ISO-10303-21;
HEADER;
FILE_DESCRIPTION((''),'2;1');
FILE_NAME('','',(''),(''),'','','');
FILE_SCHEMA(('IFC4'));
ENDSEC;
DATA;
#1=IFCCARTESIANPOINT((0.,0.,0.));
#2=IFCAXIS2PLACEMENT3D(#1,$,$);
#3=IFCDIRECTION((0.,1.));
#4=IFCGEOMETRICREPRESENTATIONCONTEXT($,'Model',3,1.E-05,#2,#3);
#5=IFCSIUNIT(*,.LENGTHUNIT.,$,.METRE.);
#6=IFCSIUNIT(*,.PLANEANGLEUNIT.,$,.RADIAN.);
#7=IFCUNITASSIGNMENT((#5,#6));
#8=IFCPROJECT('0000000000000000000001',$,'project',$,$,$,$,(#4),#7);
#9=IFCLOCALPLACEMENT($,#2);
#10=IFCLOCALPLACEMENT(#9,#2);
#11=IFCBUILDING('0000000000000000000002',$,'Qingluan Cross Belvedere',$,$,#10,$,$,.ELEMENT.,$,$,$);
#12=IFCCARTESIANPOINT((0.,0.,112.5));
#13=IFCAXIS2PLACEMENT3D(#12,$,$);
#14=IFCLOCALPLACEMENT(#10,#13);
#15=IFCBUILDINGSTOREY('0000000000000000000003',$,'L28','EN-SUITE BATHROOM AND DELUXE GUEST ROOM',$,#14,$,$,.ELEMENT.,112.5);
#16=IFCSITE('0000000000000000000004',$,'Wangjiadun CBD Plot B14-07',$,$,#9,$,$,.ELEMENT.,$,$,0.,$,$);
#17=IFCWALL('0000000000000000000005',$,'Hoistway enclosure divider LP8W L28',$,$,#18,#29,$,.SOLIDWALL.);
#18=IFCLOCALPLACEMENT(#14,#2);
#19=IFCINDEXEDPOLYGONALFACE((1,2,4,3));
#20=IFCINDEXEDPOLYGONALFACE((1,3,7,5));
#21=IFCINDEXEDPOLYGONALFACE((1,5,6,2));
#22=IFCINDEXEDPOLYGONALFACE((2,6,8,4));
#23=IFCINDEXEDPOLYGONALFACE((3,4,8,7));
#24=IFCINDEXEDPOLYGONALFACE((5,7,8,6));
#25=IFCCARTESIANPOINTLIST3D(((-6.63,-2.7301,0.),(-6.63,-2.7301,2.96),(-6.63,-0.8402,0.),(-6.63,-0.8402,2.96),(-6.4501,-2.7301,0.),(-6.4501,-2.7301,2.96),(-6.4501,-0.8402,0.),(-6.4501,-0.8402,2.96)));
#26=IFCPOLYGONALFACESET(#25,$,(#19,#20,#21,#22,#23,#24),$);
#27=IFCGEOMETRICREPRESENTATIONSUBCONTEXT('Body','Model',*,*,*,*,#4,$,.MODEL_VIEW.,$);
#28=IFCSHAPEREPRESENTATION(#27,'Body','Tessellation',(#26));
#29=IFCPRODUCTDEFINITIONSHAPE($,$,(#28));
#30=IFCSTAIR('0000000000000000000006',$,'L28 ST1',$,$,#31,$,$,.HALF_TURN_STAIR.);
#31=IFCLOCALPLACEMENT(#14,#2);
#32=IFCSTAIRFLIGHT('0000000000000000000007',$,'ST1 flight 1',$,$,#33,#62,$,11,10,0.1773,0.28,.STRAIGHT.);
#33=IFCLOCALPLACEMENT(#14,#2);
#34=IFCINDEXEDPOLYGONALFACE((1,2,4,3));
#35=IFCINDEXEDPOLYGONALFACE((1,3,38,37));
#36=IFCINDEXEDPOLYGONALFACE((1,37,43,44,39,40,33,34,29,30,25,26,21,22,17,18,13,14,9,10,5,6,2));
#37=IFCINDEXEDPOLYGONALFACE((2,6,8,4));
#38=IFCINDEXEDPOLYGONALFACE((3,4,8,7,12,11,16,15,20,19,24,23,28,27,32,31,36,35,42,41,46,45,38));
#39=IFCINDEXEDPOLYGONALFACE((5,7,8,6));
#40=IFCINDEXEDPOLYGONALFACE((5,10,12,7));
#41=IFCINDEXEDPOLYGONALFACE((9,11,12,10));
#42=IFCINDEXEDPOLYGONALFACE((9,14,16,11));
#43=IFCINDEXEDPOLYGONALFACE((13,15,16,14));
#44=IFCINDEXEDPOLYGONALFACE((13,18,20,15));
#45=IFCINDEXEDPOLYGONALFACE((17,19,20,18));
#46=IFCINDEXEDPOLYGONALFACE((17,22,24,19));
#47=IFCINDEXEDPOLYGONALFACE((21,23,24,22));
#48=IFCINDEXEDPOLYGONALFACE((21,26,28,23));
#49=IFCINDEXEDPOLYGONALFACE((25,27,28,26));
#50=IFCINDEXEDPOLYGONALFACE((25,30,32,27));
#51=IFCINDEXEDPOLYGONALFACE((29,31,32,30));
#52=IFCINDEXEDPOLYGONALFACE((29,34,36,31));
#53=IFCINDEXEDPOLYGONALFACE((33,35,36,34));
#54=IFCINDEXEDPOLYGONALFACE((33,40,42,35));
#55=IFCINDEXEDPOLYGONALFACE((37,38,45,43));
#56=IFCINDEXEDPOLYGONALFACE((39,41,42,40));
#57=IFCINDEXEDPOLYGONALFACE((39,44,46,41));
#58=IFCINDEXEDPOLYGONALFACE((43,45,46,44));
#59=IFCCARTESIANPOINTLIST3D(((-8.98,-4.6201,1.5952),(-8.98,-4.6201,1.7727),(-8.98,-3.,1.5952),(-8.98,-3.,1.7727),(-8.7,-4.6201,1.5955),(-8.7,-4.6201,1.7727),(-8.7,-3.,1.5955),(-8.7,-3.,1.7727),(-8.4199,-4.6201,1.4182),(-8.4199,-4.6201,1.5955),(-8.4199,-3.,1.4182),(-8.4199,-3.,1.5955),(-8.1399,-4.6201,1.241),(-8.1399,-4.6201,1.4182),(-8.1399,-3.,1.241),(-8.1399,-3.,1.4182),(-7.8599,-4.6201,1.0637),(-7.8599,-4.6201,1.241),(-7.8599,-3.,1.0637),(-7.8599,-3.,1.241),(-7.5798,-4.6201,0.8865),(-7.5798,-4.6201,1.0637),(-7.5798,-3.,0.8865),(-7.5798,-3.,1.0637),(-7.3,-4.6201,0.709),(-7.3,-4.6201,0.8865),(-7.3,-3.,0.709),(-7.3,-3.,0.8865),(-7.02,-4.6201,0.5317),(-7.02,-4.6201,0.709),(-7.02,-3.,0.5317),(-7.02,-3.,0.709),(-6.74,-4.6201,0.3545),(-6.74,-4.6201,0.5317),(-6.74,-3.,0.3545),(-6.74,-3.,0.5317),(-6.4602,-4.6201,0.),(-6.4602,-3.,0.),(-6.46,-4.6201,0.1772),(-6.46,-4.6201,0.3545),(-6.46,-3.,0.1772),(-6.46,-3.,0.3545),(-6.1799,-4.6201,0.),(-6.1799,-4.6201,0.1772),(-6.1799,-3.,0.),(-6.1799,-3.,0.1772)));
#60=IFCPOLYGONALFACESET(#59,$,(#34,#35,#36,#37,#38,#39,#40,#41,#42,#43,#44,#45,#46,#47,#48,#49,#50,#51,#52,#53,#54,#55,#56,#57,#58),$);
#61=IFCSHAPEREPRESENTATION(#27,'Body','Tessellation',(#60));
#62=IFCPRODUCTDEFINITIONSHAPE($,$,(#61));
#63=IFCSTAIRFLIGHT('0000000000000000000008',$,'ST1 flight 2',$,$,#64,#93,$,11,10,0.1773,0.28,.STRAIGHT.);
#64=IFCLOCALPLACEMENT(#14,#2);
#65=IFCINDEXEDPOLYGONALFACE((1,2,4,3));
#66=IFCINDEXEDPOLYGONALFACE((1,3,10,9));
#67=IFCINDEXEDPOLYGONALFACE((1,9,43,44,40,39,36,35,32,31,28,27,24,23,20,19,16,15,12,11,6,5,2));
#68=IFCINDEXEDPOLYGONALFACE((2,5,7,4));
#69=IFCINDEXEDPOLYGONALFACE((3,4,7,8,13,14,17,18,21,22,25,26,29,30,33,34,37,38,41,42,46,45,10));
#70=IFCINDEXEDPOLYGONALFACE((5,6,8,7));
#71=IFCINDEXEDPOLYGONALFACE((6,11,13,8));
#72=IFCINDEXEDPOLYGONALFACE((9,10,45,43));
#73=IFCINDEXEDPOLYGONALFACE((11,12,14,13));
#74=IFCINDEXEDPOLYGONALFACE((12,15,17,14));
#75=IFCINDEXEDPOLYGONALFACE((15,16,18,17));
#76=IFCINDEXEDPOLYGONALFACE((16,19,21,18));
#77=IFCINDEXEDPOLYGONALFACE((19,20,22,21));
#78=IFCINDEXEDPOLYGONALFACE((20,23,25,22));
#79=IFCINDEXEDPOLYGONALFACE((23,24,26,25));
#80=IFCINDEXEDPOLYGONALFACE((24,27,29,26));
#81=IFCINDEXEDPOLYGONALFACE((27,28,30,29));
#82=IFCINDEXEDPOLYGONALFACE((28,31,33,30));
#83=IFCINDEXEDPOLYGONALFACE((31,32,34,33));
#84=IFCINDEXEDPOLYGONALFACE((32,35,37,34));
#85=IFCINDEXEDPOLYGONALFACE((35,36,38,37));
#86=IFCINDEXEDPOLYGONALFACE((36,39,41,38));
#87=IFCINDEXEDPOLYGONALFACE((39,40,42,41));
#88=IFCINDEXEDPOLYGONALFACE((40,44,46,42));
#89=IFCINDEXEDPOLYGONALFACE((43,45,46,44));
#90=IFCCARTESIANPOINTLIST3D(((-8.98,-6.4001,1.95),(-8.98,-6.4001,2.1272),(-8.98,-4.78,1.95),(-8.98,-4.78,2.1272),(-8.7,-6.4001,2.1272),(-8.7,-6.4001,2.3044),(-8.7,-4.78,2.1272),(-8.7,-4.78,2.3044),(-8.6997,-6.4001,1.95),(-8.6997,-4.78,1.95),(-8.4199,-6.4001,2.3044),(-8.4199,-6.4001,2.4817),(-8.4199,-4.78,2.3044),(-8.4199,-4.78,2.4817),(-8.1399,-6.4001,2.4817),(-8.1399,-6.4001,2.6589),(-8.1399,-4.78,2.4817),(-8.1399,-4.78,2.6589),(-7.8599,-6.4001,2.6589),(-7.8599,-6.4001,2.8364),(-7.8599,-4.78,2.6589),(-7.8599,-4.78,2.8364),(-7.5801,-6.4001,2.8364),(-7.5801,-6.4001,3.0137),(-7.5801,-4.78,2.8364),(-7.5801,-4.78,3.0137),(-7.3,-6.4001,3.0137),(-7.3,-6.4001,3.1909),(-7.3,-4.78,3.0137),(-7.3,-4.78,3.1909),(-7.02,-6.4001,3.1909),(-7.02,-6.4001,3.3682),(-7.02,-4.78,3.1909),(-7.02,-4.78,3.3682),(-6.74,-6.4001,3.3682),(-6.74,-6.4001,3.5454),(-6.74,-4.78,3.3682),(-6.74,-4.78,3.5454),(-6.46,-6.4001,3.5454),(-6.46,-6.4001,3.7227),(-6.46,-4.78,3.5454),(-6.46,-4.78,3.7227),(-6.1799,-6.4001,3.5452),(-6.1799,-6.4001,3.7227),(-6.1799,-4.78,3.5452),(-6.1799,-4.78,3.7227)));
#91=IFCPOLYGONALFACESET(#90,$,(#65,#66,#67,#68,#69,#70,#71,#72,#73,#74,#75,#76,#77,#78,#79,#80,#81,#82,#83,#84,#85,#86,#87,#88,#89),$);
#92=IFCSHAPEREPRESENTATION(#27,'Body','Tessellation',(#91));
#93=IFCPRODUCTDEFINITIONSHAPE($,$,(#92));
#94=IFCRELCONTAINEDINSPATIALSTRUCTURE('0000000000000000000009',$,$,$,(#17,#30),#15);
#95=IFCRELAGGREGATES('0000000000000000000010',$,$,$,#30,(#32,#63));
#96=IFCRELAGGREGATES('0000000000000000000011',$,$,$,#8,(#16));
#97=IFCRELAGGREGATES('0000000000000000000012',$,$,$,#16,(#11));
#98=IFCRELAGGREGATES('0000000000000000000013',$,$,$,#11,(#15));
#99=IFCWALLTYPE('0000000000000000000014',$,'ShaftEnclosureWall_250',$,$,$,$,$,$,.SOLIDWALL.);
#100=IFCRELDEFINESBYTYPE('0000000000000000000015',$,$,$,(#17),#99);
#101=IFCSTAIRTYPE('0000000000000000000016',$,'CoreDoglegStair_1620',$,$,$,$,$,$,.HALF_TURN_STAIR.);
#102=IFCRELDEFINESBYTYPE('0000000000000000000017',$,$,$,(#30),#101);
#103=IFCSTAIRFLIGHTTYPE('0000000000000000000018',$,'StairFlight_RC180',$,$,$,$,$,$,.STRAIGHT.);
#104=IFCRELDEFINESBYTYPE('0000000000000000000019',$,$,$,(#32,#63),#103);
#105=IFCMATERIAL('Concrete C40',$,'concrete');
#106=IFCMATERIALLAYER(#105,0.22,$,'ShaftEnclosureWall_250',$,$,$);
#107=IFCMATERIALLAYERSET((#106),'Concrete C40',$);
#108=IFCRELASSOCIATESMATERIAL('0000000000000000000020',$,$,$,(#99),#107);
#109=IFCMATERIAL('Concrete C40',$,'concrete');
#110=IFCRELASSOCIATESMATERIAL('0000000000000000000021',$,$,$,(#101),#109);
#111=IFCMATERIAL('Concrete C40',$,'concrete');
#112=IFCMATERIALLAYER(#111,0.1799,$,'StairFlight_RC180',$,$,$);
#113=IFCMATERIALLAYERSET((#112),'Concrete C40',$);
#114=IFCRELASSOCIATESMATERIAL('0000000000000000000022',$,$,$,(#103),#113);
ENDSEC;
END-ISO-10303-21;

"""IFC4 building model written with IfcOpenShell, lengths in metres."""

from ifc_helpers import new_model, si_unit, direction, frame, frame_2d, origin, place, context, subcontext, project, spatial, polyline, rectangle, outline, extrude, material, layer, layer_set, type_object, element, aggregate, save


model = new_model("IFC4")

# Units and contexts
model_context = context("Model", 3, precision=1e-05, world=origin(), true_north=direction((0.0, 1.0)))
body_context = subcontext(model_context, "Body", "Model", "MODEL_VIEW")
ifc_project = project(units=[si_unit("LENGTHUNIT", "METRE"), si_unit("PLANEANGLEUNIT", "RADIAN")], contexts=[model_context])

# Site, building, storey
site_placement = place(None, origin())
site = spatial("IfcSite", under=ifc_project, at=site_placement, Name="Wangjiadun CBD Plot B14-07", CompositionType="ELEMENT", RefElevation=0.0)
building_placement = place(site_placement, origin())
building = spatial("IfcBuilding", under=site, at=building_placement, Name="Qingluan Cross Belvedere", CompositionType="ELEMENT")
storey_placement = place(building_placement, frame((0.0, 0.0, 112.5)))
storey = spatial("IfcBuildingStorey", under=building, at=storey_placement, Name="L28", Description="EN-SUITE BATHROOM AND DELUXE GUEST ROOM", CompositionType="ELEMENT", Elevation=112.5)

# Shared definitions
ifc_material_1 = material(Name="Concrete C40", Category="concrete")
ifc_layer_1 = layer(ifc_material_1, 0.22, Name="ShaftEnclosureWall_250")
ifc_layer_set_1 = layer_set([ifc_layer_1], Name="Concrete C40")
wall_type_1 = type_object("IfcWallType", Name="ShaftEnclosureWall_250", PredefinedType="SOLIDWALL", material=ifc_layer_set_1)

# Wall
for number, where, z_axis, x_axis, name in (
    (1, (-6.54, -2.73, 0.0), (0.0, 0.0, 1.0), (0.0, 1.0, 0.0), "Hoistway enclosure divider LP8W L28"),
):
    element("IfcWall", number, at=place(storey_placement, frame(where, z_axis=z_axis, x_axis=x_axis)), inside=storey, type_object=wall_type_1, Name=name, PredefinedType="SOLIDWALL", context=body_context, shape_type="SweptSolid", body=[
        extrude(rectangle(XDim=1.8899, YDim=0.1799, at=frame_2d((0.9448, 0.0))), origin(), (0.0, 0.0, 1.0), 2.96),
    ])

# Stair, stair flights
ifc_material_2 = material(Name="Concrete C40", Category="concrete")
stair_type = type_object("IfcStairType", Name="CoreDoglegStair_1620", PredefinedType="HALF_TURN_STAIR", material=ifc_material_2)
stair_placement = place(storey_placement, origin())
stair = element("IfcStair", 2, at=stair_placement, inside=storey, type_object=stair_type, Name="L28 ST1", PredefinedType="HALF_TURN_STAIR")
ifc_material_3 = material(Name="Concrete C40", Category="concrete")
ifc_layer_2 = layer(ifc_material_3, 0.1799, Name="StairFlight_RC180")
ifc_layer_set_2 = layer_set([ifc_layer_2], Name="Concrete C40")
stair_flight_type = type_object("IfcStairFlightType", Name="StairFlight_RC180", PredefinedType="STRAIGHT", material=ifc_layer_set_2)
stair_flight_1_placement = place(storey_placement, frame((-6.1799, -3.8101, 0.0), z_axis=(0.0, 0.0, 1.0), x_axis=(-1.0, 0.0, 0.0)))
stair_flight_1 = element("IfcStairFlight", 3, at=stair_flight_1_placement, type_object=stair_flight_type, Name="ST1 flight 1", NumberOfRisers=11, NumberOfTreads=10, PredefinedType="STRAIGHT", RiserHeight=0.1773, TreadLength=0.28, context=body_context, shape_type="SweptSolid", body=[
    extrude(outline(polyline([(0.0, 0.0), (0.0, 0.1772), (0.28, 0.1772), (0.28, 0.3545), (0.5601, 0.3545), (0.5601, 0.5317), (0.8401, 0.5317), (0.8401, 0.709), (1.1201, 0.709), (1.1201, 0.8865), (1.3999, 0.8865), (1.3999, 1.0637), (1.6799, 1.0637), (1.6799, 1.241), (1.96, 1.241), (1.96, 1.4182), (2.24, 1.4182), (2.24, 1.5955), (2.52, 1.5955), (2.52, 1.7727), (2.8, 1.7727), (2.8, 1.95), (2.8, 1.5952), (0.2803, 0.0), (0.0, 0.0)])), frame((0.0, 0.8101, 0.0), z_axis=(0.0, -1.0, 0.0), x_axis=(1.0, 0.0, 0.0)), (0.0, 0.0, 1.0), 1.6201),
])
stair_flight_2_placement = place(storey_placement, frame((-8.98, -5.5901, 1.95), z_axis=(0.0, 0.0, 1.0), x_axis=(1.0, 0.0, 0.0)))
stair_flight_2 = element("IfcStairFlight", 4, at=stair_flight_2_placement, type_object=stair_flight_type, Name="ST1 flight 2", NumberOfRisers=11, NumberOfTreads=10, PredefinedType="STRAIGHT", RiserHeight=0.1773, TreadLength=0.28, context=body_context, shape_type="SweptSolid", body=[
    extrude(outline(polyline([(0.0, 0.0), (0.0, 0.1772), (0.28, 0.1772), (0.28, 0.3545), (0.5601, 0.3545), (0.5601, 0.5317), (0.8401, 0.5317), (0.8401, 0.709), (1.1201, 0.709), (1.1201, 0.8865), (1.3999, 0.8865), (1.3999, 1.0637), (1.6799, 1.0637), (1.6799, 1.241), (1.96, 1.241), (1.96, 1.4182), (2.24, 1.4182), (2.24, 1.5955), (2.52, 1.5955), (2.52, 1.7727), (2.8, 1.7727), (2.8, 1.95), (2.8, 1.5952), (0.2803, 0.0), (0.0, 0.0)])), frame((0.0, 0.8101, 0.0), z_axis=(0.0, -1.0, 0.0), x_axis=(1.0, 0.0, 0.0)), (0.0, 0.0, 1.0), 1.6201),
])
aggregate(stair, [stair_flight_1, stair_flight_2])

save(model, "model.ifc")
